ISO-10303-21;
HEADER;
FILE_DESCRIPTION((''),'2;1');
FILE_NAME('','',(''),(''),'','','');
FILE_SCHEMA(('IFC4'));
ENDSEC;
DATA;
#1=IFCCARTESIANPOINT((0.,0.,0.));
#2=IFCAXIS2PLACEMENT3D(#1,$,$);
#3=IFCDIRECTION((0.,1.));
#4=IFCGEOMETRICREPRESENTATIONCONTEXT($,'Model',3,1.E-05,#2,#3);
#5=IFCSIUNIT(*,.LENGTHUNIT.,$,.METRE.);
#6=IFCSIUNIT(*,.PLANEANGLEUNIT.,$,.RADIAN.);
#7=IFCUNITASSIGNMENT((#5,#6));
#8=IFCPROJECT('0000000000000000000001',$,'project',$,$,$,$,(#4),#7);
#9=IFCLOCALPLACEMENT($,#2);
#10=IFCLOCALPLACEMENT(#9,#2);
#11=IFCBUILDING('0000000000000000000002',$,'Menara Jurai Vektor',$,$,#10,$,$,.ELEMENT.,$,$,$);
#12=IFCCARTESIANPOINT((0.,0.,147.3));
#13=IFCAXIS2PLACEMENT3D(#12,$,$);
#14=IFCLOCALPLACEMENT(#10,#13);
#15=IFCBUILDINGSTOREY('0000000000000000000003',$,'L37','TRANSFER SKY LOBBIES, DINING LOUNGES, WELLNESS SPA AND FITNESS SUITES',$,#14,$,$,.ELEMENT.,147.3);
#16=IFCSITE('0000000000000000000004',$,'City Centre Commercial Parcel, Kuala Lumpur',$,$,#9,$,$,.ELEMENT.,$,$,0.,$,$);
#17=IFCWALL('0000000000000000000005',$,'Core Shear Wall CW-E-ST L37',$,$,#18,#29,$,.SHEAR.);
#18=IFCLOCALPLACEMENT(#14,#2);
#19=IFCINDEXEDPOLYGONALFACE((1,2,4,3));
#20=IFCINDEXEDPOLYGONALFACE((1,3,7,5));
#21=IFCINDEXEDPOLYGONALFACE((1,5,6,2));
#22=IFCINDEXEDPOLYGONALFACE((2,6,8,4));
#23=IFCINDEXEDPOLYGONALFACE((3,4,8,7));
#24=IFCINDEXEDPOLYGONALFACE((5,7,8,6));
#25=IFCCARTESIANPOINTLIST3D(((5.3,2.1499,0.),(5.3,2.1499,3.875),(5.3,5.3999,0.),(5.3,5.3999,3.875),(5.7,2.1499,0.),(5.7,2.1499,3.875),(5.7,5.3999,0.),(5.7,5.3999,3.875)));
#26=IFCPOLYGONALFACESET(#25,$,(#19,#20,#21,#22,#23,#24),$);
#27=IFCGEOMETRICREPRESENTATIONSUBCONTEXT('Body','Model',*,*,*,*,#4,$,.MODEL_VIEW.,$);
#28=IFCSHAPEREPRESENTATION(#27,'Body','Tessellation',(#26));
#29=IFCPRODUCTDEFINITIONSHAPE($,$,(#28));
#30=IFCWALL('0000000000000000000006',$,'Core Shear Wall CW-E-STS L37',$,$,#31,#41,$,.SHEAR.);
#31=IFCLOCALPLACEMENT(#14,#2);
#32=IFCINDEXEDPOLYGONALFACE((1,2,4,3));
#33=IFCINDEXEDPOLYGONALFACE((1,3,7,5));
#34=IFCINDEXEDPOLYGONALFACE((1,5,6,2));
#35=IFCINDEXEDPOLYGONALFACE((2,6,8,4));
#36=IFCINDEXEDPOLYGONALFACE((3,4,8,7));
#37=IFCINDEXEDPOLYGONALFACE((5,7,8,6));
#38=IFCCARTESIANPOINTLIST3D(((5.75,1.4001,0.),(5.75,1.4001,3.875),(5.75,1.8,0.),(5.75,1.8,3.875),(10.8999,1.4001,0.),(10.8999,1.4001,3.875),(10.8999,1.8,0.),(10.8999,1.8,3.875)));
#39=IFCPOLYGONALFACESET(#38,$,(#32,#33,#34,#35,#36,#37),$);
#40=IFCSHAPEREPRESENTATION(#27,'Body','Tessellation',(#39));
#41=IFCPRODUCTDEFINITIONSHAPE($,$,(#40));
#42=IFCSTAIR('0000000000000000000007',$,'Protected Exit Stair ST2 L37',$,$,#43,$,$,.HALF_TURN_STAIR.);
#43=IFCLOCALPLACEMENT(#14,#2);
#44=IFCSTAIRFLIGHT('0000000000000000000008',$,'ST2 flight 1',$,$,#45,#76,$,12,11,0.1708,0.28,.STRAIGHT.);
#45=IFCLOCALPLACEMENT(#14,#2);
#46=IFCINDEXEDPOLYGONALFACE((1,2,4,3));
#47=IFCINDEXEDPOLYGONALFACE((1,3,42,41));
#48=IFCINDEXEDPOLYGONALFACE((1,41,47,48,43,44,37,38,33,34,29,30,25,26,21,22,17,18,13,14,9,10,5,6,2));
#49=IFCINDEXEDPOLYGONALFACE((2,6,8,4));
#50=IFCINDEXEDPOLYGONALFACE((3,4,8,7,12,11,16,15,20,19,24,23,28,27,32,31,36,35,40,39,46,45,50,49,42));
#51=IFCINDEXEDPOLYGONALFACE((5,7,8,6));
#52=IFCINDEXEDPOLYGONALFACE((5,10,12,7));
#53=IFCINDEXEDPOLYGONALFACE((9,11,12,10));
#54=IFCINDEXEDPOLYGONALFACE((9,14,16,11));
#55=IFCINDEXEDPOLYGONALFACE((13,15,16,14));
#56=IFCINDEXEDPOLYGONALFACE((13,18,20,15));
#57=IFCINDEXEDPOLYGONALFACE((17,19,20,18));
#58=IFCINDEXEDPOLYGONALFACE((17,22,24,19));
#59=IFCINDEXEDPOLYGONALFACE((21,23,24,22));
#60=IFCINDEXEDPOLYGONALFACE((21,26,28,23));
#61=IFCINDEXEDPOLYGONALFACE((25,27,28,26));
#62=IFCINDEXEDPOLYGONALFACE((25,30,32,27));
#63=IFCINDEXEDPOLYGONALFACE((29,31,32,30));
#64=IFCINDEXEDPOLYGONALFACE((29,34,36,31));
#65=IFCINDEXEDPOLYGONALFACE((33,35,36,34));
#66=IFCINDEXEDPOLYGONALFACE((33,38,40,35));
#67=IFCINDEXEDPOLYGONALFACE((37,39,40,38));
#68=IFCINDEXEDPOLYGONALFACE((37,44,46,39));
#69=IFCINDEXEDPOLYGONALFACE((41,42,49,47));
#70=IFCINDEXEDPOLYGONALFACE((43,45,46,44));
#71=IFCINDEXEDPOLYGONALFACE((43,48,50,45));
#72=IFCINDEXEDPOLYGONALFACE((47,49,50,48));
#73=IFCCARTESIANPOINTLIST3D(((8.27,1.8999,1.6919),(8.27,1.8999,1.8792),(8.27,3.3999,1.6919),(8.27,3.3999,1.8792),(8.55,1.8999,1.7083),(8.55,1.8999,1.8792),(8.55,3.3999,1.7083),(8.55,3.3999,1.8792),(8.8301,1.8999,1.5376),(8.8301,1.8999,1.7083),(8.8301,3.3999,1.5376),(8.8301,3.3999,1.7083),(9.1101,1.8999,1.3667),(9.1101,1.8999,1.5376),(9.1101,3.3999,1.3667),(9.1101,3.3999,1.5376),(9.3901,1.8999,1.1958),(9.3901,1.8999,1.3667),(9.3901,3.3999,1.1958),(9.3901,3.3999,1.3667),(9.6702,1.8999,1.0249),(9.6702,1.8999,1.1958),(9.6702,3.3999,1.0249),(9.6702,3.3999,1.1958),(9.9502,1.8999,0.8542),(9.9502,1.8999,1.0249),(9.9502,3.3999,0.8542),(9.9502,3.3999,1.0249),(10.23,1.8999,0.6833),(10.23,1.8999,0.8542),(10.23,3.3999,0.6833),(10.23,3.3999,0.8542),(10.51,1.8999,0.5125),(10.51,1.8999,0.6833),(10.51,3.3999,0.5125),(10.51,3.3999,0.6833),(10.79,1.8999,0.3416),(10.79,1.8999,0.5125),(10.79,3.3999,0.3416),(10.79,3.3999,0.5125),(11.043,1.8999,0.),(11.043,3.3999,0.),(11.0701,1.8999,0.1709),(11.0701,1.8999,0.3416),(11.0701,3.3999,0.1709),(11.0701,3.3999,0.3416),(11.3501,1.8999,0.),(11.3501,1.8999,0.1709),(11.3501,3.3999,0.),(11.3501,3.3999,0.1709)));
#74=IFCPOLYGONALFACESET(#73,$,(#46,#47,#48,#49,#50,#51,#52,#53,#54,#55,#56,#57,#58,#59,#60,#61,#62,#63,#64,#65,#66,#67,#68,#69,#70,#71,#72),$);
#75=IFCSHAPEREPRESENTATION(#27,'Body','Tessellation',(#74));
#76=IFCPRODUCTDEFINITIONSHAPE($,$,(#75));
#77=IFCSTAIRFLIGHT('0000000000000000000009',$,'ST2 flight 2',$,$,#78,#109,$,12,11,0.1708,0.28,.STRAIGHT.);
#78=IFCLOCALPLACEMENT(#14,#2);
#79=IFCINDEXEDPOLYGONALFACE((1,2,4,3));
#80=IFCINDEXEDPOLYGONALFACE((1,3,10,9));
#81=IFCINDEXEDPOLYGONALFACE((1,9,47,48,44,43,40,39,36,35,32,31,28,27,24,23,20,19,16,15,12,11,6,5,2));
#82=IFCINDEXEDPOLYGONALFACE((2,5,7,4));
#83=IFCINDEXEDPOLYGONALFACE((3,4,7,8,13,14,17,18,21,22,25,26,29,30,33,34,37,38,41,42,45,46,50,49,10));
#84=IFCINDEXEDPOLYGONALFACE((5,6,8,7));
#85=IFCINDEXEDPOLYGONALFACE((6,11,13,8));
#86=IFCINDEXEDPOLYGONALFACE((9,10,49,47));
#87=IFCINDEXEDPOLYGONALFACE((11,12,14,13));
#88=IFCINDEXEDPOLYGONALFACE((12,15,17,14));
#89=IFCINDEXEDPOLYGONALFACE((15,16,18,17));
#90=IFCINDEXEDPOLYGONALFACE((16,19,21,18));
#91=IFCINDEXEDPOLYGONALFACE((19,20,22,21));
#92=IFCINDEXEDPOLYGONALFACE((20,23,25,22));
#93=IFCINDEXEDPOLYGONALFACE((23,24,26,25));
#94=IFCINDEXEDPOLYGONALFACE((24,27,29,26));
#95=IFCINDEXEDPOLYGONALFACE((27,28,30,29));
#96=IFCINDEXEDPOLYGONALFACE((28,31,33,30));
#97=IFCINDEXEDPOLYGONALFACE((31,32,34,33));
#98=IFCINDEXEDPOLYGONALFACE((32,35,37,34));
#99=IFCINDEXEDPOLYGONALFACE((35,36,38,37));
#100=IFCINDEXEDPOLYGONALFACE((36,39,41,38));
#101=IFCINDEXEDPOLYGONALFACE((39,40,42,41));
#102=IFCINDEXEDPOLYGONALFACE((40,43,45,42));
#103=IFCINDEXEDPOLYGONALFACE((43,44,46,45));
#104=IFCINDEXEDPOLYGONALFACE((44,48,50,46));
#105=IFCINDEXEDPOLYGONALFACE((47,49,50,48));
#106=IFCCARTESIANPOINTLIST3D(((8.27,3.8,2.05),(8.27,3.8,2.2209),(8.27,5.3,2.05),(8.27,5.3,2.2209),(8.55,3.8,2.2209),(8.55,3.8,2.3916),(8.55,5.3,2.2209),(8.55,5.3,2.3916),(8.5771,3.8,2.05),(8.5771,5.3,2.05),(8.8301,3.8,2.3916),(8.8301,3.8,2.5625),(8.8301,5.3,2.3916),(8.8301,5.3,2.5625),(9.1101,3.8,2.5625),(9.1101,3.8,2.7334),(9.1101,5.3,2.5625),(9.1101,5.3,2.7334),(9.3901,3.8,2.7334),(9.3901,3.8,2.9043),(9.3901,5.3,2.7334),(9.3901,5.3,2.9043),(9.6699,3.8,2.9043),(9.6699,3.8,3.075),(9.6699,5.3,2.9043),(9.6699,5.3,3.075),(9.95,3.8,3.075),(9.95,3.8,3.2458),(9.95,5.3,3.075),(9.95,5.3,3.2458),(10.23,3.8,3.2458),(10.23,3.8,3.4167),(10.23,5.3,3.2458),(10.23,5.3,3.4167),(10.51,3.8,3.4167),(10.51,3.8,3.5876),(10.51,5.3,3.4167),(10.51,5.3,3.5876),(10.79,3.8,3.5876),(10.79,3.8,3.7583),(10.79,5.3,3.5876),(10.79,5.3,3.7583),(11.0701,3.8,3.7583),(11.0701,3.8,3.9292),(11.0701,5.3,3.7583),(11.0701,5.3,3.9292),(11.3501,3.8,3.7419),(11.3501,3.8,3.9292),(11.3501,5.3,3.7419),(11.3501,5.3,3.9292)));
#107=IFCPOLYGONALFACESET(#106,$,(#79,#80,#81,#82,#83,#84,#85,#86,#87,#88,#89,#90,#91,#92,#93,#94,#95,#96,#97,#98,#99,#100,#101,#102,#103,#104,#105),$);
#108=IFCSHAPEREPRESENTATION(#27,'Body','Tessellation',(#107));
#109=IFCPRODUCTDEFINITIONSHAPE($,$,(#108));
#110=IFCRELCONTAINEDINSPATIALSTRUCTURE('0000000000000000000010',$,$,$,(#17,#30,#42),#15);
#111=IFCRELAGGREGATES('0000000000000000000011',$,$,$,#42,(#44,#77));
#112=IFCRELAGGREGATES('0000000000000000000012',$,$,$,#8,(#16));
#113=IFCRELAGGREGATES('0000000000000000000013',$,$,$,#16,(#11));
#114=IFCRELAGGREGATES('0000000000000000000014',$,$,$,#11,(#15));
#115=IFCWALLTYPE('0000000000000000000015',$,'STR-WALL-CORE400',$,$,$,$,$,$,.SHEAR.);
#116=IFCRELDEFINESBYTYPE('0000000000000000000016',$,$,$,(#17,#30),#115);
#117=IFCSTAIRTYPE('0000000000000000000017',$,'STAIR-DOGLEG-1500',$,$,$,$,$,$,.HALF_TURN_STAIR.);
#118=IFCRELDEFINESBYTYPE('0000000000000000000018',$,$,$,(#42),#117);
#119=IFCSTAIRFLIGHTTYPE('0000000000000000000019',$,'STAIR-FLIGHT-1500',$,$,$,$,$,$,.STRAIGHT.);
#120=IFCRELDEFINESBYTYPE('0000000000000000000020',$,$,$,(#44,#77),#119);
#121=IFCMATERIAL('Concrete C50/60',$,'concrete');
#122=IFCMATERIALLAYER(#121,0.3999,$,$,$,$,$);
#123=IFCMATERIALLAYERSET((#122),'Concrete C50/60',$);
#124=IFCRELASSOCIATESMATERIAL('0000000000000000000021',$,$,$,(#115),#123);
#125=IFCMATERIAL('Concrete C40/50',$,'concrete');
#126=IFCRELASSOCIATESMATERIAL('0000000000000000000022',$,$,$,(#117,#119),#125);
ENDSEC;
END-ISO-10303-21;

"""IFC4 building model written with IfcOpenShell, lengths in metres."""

from ifc_helpers import new_model, si_unit, direction, frame, frame_2d, origin, place, context, subcontext, project, spatial, polyline, rectangle, outline, extrude, material, layer, layer_set, type_object, element, aggregate, save


model = new_model("IFC4")

# Units and contexts
model_context = context("Model", 3, precision=1e-05, world=origin(), true_north=direction((0.0, 1.0)))
body_context = subcontext(model_context, "Body", "Model", "MODEL_VIEW")
ifc_project = project(units=[si_unit("LENGTHUNIT", "METRE"), si_unit("PLANEANGLEUNIT", "RADIAN")], contexts=[model_context])

# Site, building, storey
site_placement = place(None, origin())
site = spatial("IfcSite", under=ifc_project, at=site_placement, Name="City Centre Commercial Parcel, Kuala Lumpur", CompositionType="ELEMENT", RefElevation=0.0)
building_placement = place(site_placement, origin())
building = spatial("IfcBuilding", under=site, at=building_placement, Name="Menara Jurai Vektor", CompositionType="ELEMENT")
storey_placement = place(building_placement, frame((0.0, 0.0, 147.3)))
storey = spatial("IfcBuildingStorey", under=building, at=storey_placement, Name="L37", Description="TRANSFER SKY LOBBIES, DINING LOUNGES, WELLNESS SPA AND FITNESS SUITES", CompositionType="ELEMENT", Elevation=147.3)

# Shared definitions
ifc_material_1 = material(Name="Concrete C50/60", Category="concrete")

# Shared definitions
ifc_material_2 = material(Name="Concrete C40/50", Category="concrete")

# Walls
ifc_layer_1 = layer(ifc_material_1, 0.3999)
ifc_layer_set_1 = layer_set([ifc_layer_1], Name="Concrete C50/60")
wall_type_1 = type_object("IfcWallType", Name="STR-WALL-CORE400", PredefinedType="SHEAR", material=ifc_layer_set_1)
wall_1_placement = place(storey_placement, frame((5.5, 2.1499, 0.0), z_axis=(0.0, 0.0, 1.0), x_axis=(0.0, 1.0, 0.0)))
element("IfcWall", 1, at=wall_1_placement, inside=storey, type_object=wall_type_1, Name="Core Shear Wall CW-E-ST L37", PredefinedType="SHEAR", context=body_context, shape_type="SweptSolid", body=[
    extrude(rectangle(XDim=3.25, YDim=0.3999, at=frame_2d((1.625, 0.0))), origin(), (0.0, 0.0, 1.0), 3.875),
])
wall_2_placement = place(storey_placement, frame((5.75, 1.6001, 0.0), z_axis=(0.0, 0.0, 1.0), x_axis=(1.0, 0.0, 0.0)))
element("IfcWall", 2, at=wall_2_placement, inside=storey, type_object=wall_type_1, Name="Core Shear Wall CW-E-STS L37", PredefinedType="SHEAR", context=body_context, shape_type="SweptSolid", body=[
    extrude(rectangle(XDim=5.1499, YDim=0.3999, at=frame_2d((2.575, 0.0))), origin(), (0.0, 0.0, 1.0), 3.875),
])

# Stair, stair flights
stair_type = type_object("IfcStairType", Name="STAIR-DOGLEG-1500", PredefinedType="HALF_TURN_STAIR", material=ifc_material_2)
stair_placement = place(storey_placement, origin())
stair = element("IfcStair", 3, at=stair_placement, inside=storey, type_object=stair_type, Name="Protected Exit Stair ST2 L37", PredefinedType="HALF_TURN_STAIR")
stair_flight_type = type_object("IfcStairFlightType", Name="STAIR-FLIGHT-1500", PredefinedType="STRAIGHT", material=ifc_material_2)
stair_flight_1_placement = place(storey_placement, frame((11.3501, 2.6499, 0.0), z_axis=(0.0, 0.0, 1.0), x_axis=(-1.0, 0.0, 0.0)))
stair_flight_1 = element("IfcStairFlight", 4, at=stair_flight_1_placement, type_object=stair_flight_type, Name="ST2 flight 1", NumberOfRisers=12, NumberOfTreads=11, PredefinedType="STRAIGHT", RiserHeight=0.1708, TreadLength=0.28, context=body_context, shape_type="SweptSolid", body=[
    extrude(outline(polyline([(0.0, 0.0), (0.0, 0.1709), (0.28, 0.1709), (0.28, 0.3416), (0.5601, 0.3416), (0.5601, 0.5125), (0.8401, 0.5125), (0.8401, 0.6833), (1.1201, 0.6833), (1.1201, 0.8542), (1.3999, 0.8542), (1.3999, 1.0249), (1.6799, 1.0249), (1.6799, 1.1958), (1.96, 1.1958), (1.96, 1.3667), (2.24, 1.3667), (2.24, 1.5376), (2.52, 1.5376), (2.52, 1.7083), (2.8, 1.7083), (2.8, 1.8792), (3.0801, 1.8792), (3.0801, 2.05), (3.0801, 1.6919), (0.3071, 0.0), (0.0, 0.0)])), frame((0.0, 0.75, 0.0), z_axis=(0.0, -1.0, 0.0), x_axis=(1.0, 0.0, 0.0)), (0.0, 0.0, 1.0), 1.5),
])
stair_flight_2_placement = place(storey_placement, frame((8.27, 4.55, 2.05), z_axis=(0.0, 0.0, 1.0), x_axis=(1.0, 0.0, 0.0)))
stair_flight_2 = element("IfcStairFlight", 5, at=stair_flight_2_placement, type_object=stair_flight_type, Name="ST2 flight 2", NumberOfRisers=12, NumberOfTreads=11, PredefinedType="STRAIGHT", RiserHeight=0.1708, TreadLength=0.28, context=body_context, shape_type="SweptSolid", body=[
    extrude(outline(polyline([(0.0, 0.0), (0.0, 0.1709), (0.28, 0.1709), (0.28, 0.3416), (0.5601, 0.3416), (0.5601, 0.5125), (0.8401, 0.5125), (0.8401, 0.6833), (1.1201, 0.6833), (1.1201, 0.8542), (1.3999, 0.8542), (1.3999, 1.0249), (1.6799, 1.0249), (1.6799, 1.1958), (1.96, 1.1958), (1.96, 1.3667), (2.24, 1.3667), (2.24, 1.5376), (2.52, 1.5376), (2.52, 1.7083), (2.8, 1.7083), (2.8, 1.8792), (3.0801, 1.8792), (3.0801, 2.05), (3.0801, 1.6919), (0.3071, 0.0), (0.0, 0.0)])), frame((0.0, 0.75, 0.0), z_axis=(0.0, -1.0, 0.0), x_axis=(1.0, 0.0, 0.0)), (0.0, 0.0, 1.0), 1.5),
])
aggregate(stair, [stair_flight_1, stair_flight_2])

save(model, "model.ifc")
